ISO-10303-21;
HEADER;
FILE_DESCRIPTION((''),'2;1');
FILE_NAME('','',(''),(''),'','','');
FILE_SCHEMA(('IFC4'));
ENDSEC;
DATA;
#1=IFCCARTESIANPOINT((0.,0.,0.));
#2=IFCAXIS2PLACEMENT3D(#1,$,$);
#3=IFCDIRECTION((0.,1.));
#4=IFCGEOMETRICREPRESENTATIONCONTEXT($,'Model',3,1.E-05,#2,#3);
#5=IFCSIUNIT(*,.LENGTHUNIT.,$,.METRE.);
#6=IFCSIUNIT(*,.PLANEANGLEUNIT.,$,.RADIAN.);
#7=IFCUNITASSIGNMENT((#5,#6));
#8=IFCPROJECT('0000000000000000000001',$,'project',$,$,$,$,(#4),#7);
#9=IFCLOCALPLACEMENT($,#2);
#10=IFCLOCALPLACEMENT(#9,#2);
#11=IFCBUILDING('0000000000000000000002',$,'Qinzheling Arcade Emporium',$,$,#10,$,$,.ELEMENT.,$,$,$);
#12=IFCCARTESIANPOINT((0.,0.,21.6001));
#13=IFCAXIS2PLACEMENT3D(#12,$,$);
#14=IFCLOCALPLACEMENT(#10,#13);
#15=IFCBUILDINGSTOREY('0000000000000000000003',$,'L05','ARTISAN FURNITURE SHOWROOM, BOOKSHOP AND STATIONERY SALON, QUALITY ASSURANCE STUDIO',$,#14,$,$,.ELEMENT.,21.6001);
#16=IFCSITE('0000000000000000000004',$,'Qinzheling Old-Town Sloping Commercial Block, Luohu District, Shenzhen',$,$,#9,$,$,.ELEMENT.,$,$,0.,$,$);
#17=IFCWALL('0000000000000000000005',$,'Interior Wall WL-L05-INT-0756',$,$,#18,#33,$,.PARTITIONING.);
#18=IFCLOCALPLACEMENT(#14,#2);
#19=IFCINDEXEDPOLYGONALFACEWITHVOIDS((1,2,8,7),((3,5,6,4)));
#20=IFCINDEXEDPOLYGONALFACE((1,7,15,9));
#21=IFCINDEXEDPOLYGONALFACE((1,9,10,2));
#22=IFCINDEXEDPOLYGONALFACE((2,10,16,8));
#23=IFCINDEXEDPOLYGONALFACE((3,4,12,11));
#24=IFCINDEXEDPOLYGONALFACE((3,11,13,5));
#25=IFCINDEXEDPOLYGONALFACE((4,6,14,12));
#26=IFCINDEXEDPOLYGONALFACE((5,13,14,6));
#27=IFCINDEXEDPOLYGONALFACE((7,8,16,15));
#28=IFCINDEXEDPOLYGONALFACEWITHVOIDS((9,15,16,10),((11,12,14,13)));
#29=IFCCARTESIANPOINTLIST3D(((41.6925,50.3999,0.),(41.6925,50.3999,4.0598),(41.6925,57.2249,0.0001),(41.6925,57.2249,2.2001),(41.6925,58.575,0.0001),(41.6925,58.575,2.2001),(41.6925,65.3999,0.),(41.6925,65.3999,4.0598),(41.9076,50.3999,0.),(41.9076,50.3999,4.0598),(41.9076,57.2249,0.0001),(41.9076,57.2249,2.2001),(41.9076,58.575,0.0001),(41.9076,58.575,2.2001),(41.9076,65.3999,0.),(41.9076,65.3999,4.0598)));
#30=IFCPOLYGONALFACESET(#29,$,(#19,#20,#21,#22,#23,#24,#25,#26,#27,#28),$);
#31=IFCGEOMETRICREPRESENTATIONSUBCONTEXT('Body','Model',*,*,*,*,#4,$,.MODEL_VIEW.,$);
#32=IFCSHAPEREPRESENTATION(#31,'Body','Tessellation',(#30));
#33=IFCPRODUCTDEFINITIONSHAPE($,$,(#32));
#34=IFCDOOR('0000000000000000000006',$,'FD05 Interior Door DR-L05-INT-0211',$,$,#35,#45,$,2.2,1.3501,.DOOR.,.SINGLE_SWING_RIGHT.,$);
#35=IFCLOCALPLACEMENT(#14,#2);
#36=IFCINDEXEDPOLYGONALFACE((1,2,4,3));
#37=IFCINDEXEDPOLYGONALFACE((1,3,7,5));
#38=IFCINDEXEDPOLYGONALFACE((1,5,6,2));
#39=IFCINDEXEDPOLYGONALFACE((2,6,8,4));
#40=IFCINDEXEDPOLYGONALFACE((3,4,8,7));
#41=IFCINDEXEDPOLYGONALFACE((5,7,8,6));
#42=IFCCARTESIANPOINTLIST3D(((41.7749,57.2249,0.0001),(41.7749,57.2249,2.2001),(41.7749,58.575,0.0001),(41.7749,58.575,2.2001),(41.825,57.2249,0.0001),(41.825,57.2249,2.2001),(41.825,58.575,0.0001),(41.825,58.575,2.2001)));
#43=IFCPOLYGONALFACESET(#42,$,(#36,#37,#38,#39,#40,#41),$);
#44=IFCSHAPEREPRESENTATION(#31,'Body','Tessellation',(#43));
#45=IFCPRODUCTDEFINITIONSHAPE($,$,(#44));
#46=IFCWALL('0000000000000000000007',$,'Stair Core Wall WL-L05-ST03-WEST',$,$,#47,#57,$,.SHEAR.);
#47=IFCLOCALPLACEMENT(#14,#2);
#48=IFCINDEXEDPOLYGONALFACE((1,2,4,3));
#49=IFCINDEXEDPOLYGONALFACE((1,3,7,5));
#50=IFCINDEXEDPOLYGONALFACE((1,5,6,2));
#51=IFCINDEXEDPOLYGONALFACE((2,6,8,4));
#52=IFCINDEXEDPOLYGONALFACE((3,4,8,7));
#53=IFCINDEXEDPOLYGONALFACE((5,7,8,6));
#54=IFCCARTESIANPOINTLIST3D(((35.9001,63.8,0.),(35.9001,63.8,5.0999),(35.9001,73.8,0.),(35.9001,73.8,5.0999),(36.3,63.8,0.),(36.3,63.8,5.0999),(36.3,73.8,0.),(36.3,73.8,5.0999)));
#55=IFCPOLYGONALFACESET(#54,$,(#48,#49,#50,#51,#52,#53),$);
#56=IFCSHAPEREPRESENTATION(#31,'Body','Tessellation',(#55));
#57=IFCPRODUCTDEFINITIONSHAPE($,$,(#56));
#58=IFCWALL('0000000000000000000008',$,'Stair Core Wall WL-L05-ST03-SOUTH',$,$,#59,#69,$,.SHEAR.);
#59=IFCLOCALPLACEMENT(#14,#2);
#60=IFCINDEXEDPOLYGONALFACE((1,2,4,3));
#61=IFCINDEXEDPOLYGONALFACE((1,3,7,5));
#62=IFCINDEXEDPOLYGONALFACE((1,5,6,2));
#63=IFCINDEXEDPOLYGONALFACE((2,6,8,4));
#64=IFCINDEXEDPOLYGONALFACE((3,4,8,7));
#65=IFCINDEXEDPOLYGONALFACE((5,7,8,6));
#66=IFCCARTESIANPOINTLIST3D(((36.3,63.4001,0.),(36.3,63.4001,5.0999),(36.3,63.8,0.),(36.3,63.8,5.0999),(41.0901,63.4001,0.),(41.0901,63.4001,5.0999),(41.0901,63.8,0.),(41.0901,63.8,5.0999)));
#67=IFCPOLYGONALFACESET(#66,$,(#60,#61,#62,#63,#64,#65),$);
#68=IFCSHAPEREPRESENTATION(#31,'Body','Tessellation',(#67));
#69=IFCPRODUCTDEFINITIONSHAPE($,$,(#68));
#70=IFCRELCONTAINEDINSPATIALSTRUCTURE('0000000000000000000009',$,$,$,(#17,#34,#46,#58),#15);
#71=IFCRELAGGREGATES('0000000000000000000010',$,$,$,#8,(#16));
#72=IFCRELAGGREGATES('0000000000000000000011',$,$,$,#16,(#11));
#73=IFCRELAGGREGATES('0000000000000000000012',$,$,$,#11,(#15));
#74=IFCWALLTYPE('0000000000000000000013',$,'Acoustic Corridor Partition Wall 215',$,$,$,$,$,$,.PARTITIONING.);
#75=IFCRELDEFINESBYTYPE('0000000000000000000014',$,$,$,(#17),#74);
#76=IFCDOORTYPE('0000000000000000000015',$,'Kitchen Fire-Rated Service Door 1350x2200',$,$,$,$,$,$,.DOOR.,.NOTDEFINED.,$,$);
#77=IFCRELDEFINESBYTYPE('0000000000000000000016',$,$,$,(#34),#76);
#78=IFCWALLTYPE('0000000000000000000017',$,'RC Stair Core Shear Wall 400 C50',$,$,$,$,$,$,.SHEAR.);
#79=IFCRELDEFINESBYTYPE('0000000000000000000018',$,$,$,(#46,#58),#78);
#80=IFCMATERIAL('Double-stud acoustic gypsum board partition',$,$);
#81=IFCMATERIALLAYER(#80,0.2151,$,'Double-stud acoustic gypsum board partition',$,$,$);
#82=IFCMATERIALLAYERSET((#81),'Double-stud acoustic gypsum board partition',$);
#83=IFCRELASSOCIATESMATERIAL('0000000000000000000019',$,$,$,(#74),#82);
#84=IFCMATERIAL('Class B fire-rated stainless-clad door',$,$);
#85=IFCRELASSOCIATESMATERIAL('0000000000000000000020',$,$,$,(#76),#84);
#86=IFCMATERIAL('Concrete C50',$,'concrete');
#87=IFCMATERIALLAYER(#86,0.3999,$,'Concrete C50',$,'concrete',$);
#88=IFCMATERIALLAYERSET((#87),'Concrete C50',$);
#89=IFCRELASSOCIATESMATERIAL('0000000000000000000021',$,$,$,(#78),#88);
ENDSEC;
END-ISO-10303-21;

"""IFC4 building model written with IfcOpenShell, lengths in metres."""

from ifc_helpers import new_model, si_unit, direction, frame, frame_2d, origin, place, context, subcontext, project, spatial, rectangle, extrude, material, layer, layer_set, type_object, element, fill, save


model = new_model("IFC4")

# Units and contexts
model_context = context("Model", 3, precision=1e-05, world=origin(), true_north=direction((0.0, 1.0)))
body_context = subcontext(model_context, "Body", "Model", "MODEL_VIEW")
ifc_project = project(units=[si_unit("LENGTHUNIT", "METRE"), si_unit("PLANEANGLEUNIT", "RADIAN")], contexts=[model_context])

# Site, building, storey
site_placement = place(None, origin())
site = spatial("IfcSite", under=ifc_project, at=site_placement, Name="Qinzheling Old-Town Sloping Commercial Block, Luohu District, Shenzhen", CompositionType="ELEMENT", RefElevation=0.0)
building_placement = place(site_placement, origin())
building = spatial("IfcBuilding", under=site, at=building_placement, Name="Qinzheling Arcade Emporium", CompositionType="ELEMENT")
storey_placement = place(building_placement, frame((0.0, 0.0, 21.6001)))
storey = spatial("IfcBuildingStorey", under=building, at=storey_placement, Name="L05", Description="ARTISAN FURNITURE SHOWROOM, BOOKSHOP AND STATIONERY SALON, QUALITY ASSURANCE STUDIO", CompositionType="ELEMENT", Elevation=21.6001)

# Shared definitions
ifc_material_1 = material(Name="Double-stud acoustic gypsum board partition")
ifc_layer_1 = layer(ifc_material_1, 0.2151, Name="Double-stud acoustic gypsum board partition")
ifc_layer_set_1 = layer_set([ifc_layer_1], Name="Double-stud acoustic gypsum board partition")
wall_type_1 = type_object("IfcWallType", Name="Acoustic Corridor Partition Wall 215", PredefinedType="PARTITIONING", material=ifc_layer_set_1)

# Wall, opening, door
wall_1_placement = place(storey_placement, frame((41.8, 65.3999, 0.0), z_axis=(0.0, 0.0, 1.0), x_axis=(0.0, -1.0, 0.0)))
wall_1 = element("IfcWall", 1, at=wall_1_placement, inside=storey, type_object=wall_type_1, Name="Interior Wall WL-L05-INT-0756", PredefinedType="PARTITIONING", context=body_context, shape_type="SweptSolid", body=[
    extrude(rectangle(XDim=15.0, YDim=0.2151, at=frame_2d((7.5, 0.0))), origin(), (0.0, 0.0, 1.0), 4.0598),
])
opening_placement = place(wall_1_placement, frame((6.825, 0.0, 0.0)))
opening = element("IfcOpeningElement", 2, at=opening_placement, cuts=wall_1, PredefinedType="OPENING", context=body_context, shape_type="SweptSolid", body=[
    extrude(rectangle(XDim=1.3501, YDim=2.2, at=frame_2d((0.675, 1.1001))), frame((0.0, 0.1177, 0.0), z_axis=(0.0, -1.0, 0.0), x_axis=(1.0, 0.0, 0.0)), (0.0, 0.0, 1.0), 0.2351),
])
ifc_material_2 = material(Name="Class B fire-rated stainless-clad door")
door_type = type_object("IfcDoorType", Name="Kitchen Fire-Rated Service Door 1350x2200", OperationType="NOTDEFINED", PredefinedType="DOOR", material=ifc_material_2)
door_placement = place(opening_placement, origin())
door = element("IfcDoor", 3, at=door_placement, inside=storey, type_object=door_type, Name="FD05 Interior Door DR-L05-INT-0211", OperationType="SINGLE_SWING_RIGHT", OverallHeight=2.2, OverallWidth=1.3501, PredefinedType="DOOR", context=body_context, shape_type="SweptSolid", body=[
    extrude(rectangle(XDim=1.3501, YDim=2.2, at=frame_2d((0.675, 1.1001))), frame((0.0, 0.0249, 0.0), z_axis=(0.0, -1.0, 0.0), x_axis=(1.0, 0.0, 0.0)), (0.0, 0.0, 1.0), 0.05),
])
fill(opening, door)

# Walls
ifc_material_3 = material(Name="Concrete C50", Category="concrete")
ifc_layer_2 = layer(ifc_material_3, 0.3999, Name="Concrete C50", Category="concrete")
ifc_layer_set_2 = layer_set([ifc_layer_2], Name="Concrete C50")
wall_type_2 = type_object("IfcWallType", Name="RC Stair Core Shear Wall 400 C50", PredefinedType="SHEAR", material=ifc_layer_set_2)
wall_2_placement = place(storey_placement, frame((36.1001, 63.8, 0.0), z_axis=(0.0, 0.0, 1.0), x_axis=(0.0, 1.0, 0.0)))
element("IfcWall", 4, at=wall_2_placement, inside=storey, type_object=wall_type_2, Name="Stair Core Wall WL-L05-ST03-WEST", PredefinedType="SHEAR", context=body_context, shape_type="SweptSolid", body=[
    extrude(rectangle(XDim=10.0, YDim=0.3999, at=frame_2d((5.0, 0.0))), origin(), (0.0, 0.0, 1.0), 5.0999),
])
wall_3_placement = place(storey_placement, frame((41.0901, 63.6001, 0.0), z_axis=(0.0, 0.0, 1.0), x_axis=(-1.0, 0.0, 0.0)))
element("IfcWall", 5, at=wall_3_placement, inside=storey, type_object=wall_type_2, Name="Stair Core Wall WL-L05-ST03-SOUTH", PredefinedType="SHEAR", context=body_context, shape_type="SweptSolid", body=[
    extrude(rectangle(XDim=4.79, YDim=0.3999, at=frame_2d((2.395, 0.0))), origin(), (0.0, 0.0, 1.0), 5.0999),
])

save(model, "model.ifc")
